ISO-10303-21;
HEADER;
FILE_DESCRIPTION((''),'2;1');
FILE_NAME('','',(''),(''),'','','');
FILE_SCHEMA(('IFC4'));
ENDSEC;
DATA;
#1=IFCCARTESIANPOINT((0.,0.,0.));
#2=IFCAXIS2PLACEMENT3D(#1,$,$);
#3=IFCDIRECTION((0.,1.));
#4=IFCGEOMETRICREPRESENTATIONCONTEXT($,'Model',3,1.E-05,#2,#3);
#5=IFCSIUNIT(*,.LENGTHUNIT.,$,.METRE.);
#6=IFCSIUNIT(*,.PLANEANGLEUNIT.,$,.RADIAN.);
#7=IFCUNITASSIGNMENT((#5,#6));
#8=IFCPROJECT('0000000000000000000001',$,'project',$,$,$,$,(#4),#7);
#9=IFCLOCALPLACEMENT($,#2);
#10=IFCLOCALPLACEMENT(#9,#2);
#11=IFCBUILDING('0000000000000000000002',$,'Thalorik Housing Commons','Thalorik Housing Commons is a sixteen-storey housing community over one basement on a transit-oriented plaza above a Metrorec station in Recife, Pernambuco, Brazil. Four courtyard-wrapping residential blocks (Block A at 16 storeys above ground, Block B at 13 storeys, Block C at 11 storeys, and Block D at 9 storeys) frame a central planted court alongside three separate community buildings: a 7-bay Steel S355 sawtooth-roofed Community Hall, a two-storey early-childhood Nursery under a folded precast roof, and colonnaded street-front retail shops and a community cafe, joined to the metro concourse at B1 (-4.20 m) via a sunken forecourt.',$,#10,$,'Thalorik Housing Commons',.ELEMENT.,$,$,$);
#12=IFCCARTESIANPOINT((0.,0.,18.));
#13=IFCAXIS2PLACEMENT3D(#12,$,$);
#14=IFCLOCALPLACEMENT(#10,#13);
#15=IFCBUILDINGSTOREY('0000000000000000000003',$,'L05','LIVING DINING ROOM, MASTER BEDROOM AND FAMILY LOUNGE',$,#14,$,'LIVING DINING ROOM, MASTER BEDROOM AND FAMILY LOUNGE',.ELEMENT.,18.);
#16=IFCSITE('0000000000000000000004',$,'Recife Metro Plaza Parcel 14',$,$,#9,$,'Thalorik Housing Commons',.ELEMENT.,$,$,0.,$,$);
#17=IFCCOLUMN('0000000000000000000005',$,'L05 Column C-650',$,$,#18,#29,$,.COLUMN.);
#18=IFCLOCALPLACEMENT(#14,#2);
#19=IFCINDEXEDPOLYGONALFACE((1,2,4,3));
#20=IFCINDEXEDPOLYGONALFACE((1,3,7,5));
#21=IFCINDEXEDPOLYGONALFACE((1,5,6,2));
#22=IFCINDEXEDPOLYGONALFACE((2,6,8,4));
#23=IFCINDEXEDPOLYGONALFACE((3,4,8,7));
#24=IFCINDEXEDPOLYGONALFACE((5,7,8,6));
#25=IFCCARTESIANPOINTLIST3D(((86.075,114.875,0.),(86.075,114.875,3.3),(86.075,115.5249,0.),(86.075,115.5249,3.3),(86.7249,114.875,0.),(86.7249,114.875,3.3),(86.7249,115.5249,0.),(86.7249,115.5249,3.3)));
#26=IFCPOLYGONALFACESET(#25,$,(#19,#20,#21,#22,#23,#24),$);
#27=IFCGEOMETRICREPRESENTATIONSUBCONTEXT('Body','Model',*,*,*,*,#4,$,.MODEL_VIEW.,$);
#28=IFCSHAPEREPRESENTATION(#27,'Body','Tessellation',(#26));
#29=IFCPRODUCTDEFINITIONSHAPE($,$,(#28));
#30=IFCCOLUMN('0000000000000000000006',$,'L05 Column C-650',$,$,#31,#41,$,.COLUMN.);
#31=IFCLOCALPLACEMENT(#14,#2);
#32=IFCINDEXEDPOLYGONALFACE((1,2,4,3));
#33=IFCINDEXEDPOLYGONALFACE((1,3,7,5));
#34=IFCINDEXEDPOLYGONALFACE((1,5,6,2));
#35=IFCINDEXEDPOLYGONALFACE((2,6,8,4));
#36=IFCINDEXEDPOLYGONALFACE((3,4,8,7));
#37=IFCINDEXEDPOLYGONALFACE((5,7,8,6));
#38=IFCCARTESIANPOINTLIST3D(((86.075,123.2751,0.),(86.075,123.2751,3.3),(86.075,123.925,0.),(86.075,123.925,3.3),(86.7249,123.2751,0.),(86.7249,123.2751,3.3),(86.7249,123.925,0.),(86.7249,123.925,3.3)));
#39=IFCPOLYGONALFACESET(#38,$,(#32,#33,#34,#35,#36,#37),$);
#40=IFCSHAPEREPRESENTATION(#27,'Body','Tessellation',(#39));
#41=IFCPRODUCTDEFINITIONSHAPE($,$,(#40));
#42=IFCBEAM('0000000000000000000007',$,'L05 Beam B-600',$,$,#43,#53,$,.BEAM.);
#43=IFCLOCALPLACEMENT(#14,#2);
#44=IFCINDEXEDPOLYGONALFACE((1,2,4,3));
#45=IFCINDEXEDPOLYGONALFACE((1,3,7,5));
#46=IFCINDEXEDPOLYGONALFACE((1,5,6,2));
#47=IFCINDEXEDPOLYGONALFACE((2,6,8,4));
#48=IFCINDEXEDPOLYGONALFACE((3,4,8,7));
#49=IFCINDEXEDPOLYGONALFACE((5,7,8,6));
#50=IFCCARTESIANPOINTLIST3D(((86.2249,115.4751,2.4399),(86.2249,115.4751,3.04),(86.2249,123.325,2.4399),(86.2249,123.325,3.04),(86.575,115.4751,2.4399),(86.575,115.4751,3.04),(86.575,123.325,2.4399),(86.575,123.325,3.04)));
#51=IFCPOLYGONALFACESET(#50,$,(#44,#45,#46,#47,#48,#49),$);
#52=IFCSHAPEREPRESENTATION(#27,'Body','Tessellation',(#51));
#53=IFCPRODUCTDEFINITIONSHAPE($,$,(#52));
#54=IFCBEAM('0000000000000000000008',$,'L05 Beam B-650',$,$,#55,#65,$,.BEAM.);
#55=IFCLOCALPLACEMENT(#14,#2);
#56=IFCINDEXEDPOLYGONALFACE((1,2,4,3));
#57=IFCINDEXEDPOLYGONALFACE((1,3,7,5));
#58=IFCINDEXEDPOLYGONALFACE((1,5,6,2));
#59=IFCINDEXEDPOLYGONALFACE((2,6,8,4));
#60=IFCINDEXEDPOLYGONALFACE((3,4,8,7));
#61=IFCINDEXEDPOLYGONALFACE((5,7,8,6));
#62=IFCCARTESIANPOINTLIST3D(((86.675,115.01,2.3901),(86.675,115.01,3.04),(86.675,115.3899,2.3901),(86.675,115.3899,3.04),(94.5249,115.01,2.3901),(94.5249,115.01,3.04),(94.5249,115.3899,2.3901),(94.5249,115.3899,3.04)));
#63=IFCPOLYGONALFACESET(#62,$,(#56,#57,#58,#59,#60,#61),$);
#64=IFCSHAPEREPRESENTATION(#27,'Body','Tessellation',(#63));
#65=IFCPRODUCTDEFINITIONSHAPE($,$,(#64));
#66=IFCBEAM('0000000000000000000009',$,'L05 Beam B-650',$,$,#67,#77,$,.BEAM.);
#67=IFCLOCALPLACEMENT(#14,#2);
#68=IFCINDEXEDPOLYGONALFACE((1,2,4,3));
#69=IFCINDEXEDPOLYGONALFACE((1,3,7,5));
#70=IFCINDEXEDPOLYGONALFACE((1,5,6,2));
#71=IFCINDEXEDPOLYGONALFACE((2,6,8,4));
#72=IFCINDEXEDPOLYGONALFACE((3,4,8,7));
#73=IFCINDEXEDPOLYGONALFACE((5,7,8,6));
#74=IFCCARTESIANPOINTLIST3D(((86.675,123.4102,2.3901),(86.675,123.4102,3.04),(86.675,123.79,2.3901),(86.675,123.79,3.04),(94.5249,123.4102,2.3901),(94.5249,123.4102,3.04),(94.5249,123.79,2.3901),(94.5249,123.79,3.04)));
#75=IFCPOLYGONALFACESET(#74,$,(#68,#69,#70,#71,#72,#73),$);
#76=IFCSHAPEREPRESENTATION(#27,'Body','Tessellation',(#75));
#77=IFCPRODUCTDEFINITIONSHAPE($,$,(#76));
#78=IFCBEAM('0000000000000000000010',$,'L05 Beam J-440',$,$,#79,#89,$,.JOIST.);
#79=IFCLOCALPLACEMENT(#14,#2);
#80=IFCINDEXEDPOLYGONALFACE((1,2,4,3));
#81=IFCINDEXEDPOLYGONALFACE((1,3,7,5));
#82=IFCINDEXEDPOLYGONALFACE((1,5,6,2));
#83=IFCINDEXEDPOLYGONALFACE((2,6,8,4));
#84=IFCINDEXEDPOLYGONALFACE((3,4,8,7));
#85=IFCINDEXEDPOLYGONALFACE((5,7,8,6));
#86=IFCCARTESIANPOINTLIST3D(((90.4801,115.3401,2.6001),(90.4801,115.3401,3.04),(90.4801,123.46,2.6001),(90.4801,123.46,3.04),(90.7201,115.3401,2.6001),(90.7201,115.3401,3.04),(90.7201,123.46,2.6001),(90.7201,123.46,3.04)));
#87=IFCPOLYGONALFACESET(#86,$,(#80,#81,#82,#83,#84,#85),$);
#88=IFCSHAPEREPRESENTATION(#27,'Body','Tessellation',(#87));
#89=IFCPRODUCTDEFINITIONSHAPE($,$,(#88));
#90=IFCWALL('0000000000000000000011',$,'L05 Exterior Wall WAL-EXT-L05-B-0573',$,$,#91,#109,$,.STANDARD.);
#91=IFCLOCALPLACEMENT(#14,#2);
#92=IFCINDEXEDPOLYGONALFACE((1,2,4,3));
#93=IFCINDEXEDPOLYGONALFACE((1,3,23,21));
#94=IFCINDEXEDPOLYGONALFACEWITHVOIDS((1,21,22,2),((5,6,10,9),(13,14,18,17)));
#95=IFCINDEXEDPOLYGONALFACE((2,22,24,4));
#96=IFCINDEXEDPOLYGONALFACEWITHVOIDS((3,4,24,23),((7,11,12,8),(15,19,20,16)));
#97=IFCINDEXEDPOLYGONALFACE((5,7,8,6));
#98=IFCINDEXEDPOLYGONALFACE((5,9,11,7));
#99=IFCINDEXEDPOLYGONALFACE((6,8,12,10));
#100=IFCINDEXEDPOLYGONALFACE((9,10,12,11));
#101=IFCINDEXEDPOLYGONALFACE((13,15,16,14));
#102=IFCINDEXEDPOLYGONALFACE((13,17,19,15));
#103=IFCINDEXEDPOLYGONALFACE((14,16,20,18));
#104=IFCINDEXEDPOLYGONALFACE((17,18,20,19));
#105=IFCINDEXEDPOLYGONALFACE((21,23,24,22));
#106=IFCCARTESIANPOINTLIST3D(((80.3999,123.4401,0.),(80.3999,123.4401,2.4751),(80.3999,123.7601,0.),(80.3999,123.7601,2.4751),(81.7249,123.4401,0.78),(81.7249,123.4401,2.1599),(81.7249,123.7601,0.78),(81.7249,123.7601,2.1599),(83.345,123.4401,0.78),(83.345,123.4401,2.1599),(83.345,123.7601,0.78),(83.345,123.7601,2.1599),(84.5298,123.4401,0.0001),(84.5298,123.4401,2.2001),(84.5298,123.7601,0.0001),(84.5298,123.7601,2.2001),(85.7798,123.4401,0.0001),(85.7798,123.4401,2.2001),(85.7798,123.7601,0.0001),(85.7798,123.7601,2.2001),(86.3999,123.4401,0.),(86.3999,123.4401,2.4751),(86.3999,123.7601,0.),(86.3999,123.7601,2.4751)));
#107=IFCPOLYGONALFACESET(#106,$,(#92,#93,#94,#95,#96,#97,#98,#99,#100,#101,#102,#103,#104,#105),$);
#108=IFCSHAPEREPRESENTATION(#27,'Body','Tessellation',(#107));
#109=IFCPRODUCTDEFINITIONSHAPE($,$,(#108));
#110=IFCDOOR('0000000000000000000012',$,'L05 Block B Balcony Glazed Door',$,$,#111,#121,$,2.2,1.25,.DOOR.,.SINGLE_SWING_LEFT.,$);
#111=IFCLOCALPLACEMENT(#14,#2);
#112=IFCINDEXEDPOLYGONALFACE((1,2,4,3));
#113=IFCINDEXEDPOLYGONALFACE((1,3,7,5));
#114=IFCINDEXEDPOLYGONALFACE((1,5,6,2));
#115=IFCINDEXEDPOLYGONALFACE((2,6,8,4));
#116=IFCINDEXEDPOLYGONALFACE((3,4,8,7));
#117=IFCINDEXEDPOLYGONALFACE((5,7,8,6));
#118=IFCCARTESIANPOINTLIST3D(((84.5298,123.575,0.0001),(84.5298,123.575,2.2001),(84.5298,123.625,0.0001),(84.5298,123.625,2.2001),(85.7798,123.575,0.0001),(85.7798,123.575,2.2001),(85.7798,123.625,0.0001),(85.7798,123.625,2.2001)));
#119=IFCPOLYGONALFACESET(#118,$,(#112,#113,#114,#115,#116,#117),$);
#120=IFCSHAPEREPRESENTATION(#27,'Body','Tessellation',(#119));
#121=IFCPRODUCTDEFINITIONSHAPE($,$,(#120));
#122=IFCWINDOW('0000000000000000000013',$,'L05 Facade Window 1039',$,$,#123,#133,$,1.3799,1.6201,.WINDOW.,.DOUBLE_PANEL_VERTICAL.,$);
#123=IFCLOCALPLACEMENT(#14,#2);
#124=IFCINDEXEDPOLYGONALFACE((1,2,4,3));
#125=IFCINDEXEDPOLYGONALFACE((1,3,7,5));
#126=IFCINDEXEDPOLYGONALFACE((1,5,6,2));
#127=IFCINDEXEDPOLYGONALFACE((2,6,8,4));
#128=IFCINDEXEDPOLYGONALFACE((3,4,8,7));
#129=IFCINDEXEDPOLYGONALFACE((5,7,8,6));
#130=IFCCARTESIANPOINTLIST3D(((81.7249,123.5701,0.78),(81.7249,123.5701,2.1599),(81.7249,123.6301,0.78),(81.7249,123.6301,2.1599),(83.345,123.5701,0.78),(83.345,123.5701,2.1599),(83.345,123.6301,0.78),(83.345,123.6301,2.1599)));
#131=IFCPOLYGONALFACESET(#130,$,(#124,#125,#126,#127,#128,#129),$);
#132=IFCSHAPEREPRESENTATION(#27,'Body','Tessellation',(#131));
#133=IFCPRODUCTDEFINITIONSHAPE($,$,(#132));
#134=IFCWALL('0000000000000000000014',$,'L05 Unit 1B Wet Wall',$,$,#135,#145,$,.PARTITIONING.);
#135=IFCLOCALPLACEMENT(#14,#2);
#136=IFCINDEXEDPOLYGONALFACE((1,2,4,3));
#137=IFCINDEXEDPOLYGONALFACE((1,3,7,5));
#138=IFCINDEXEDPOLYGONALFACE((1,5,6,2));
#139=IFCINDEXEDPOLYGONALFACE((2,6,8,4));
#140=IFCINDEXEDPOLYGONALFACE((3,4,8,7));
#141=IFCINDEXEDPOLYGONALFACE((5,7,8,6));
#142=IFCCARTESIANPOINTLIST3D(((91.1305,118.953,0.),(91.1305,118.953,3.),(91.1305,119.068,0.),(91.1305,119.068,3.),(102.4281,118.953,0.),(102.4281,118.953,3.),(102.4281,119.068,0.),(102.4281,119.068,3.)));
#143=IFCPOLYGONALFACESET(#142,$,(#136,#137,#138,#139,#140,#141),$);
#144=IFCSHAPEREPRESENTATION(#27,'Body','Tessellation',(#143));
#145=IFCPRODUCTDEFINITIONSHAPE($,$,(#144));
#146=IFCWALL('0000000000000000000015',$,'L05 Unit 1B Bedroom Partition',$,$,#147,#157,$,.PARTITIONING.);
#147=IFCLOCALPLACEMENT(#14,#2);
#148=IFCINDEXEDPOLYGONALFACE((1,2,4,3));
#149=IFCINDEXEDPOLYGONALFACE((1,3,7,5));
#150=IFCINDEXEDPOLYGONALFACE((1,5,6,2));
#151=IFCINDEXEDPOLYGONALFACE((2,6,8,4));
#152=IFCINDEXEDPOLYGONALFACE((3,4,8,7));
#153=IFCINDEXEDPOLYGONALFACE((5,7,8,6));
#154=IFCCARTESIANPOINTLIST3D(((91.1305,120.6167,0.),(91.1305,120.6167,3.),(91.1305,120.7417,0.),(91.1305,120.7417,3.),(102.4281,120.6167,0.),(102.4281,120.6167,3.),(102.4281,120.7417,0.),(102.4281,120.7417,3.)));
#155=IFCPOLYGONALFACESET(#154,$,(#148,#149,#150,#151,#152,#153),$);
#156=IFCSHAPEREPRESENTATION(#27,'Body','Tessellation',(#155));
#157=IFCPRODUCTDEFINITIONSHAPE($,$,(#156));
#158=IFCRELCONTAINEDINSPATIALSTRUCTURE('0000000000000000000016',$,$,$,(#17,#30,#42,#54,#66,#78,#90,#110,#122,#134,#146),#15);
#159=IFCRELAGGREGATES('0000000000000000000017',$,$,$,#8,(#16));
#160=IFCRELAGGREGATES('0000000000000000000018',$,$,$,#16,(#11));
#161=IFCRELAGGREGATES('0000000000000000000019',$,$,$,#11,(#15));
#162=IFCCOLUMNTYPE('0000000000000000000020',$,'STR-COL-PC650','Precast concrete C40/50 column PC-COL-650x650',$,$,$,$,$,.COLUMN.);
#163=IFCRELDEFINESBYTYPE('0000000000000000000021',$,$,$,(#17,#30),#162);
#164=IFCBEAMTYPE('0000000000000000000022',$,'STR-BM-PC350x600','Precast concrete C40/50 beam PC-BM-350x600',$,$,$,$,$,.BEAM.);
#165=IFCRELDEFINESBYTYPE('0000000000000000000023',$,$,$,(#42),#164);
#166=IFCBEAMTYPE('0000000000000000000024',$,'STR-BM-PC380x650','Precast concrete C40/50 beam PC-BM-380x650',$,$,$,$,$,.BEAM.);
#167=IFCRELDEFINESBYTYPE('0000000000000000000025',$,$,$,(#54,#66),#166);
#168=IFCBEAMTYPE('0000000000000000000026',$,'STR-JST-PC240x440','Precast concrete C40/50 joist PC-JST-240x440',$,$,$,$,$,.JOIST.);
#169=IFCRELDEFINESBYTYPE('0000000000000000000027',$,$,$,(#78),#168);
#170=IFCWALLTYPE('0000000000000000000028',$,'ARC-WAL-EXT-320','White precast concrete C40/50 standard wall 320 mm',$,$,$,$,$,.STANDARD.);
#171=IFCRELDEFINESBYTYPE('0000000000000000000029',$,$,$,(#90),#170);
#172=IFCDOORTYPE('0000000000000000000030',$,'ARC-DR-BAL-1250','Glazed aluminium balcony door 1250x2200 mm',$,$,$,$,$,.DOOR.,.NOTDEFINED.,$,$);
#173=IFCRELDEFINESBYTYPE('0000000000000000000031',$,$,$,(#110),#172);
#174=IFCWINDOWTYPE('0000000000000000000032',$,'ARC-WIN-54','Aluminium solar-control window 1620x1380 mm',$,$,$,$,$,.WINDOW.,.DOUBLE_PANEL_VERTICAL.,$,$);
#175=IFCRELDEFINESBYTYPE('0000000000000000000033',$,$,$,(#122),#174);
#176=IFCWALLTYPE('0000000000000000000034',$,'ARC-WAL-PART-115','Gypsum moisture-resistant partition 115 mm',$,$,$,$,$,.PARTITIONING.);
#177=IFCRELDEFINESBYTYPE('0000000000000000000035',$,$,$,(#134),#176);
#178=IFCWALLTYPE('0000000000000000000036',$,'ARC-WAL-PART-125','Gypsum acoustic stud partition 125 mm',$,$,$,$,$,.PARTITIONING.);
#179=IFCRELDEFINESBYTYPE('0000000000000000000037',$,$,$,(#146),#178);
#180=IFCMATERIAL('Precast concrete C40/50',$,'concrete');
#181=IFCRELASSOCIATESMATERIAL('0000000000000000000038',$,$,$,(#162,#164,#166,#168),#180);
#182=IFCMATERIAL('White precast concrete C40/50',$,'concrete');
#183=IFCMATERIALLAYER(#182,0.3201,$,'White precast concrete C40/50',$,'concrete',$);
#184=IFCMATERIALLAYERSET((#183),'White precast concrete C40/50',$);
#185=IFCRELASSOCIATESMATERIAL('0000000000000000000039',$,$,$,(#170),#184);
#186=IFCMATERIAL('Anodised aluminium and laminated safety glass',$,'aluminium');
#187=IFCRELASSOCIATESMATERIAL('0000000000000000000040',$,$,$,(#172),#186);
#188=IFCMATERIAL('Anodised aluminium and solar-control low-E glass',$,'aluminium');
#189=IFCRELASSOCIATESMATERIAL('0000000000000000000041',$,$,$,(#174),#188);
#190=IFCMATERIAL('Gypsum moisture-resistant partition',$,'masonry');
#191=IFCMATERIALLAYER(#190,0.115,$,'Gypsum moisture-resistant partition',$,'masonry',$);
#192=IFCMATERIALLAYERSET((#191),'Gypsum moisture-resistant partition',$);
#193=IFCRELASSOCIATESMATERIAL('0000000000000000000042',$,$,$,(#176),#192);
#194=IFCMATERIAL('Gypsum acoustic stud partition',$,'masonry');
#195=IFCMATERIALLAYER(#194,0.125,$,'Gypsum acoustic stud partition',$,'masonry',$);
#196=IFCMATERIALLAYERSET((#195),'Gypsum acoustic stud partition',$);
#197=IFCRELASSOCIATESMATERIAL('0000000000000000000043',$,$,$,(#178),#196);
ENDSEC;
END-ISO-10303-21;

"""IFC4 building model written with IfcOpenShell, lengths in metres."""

from ifc_helpers import new_model, si_unit, direction, frame, frame_2d, origin, origin_2d, place, context, subcontext, project, spatial, rectangle, extrude, material, layer, layer_set, material_profile, profile_set, type_object, element, fill, save


model = new_model("IFC4")

# Units and contexts
model_context = context("Model", 3, precision=1e-05, world=origin(), true_north=direction((0.0, 1.0)))
body_context = subcontext(model_context, "Body", "Model", "MODEL_VIEW")
ifc_project = project(units=[si_unit("LENGTHUNIT", "METRE"), si_unit("PLANEANGLEUNIT", "RADIAN")], contexts=[model_context])

# Site, building, storey
site_placement = place(None, origin())
site = spatial("IfcSite", under=ifc_project, at=site_placement, Name="Recife Metro Plaza Parcel 14", LongName="Thalorik Housing Commons", CompositionType="ELEMENT", RefElevation=0.0)
building_placement = place(site_placement, origin())
building = spatial("IfcBuilding", under=site, at=building_placement, Name="Thalorik Housing Commons", Description="Thalorik Housing Commons is a sixteen-storey housing community over one basement on a transit-oriented plaza above a Metrorec station in Recife, Pernambuco, Brazil. Four courtyard-wrapping residential blocks (Block A at 16 storeys above ground, Block B at 13 storeys, Block C at 11 storeys, and Block D at 9 storeys) frame a central planted court alongside three separate community buildings: a 7-bay Steel S355 sawtooth-roofed Community Hall, a two-storey early-childhood Nursery under a folded precast roof, and colonnaded street-front retail shops and a community cafe, joined to the metro concourse at B1 (-4.20 m) via a sunken forecourt.", LongName="Thalorik Housing Commons", CompositionType="ELEMENT")
storey_placement = place(building_placement, frame((0.0, 0.0, 18.0)))
storey = spatial("IfcBuildingStorey", under=building, at=storey_placement, Name="L05", Description="LIVING DINING ROOM, MASTER BEDROOM AND FAMILY LOUNGE", LongName="LIVING DINING ROOM, MASTER BEDROOM AND FAMILY LOUNGE", CompositionType="ELEMENT", Elevation=18.0)

# Columns
ifc_material_1 = material(Name="Precast concrete C40/50", Category="concrete")
ifc_material_profile_1 = material_profile(ifc_material_1, rectangle(XDim=0.6499, YDim=0.6499, at=origin_2d()), Name="PC 650x650", Category="concrete")
ifc_profile_set_1 = profile_set([ifc_material_profile_1], Name="Precast concrete C40/50")
column_type = type_object("IfcColumnType", Name="STR-COL-PC650", Description="Precast concrete C40/50 column PC-COL-650x650", PredefinedType="COLUMN", material=ifc_profile_set_1)
for number, where, z_axis, x_axis, name in (
    (1, (86.3999, 115.2, 0.0), (0.0, 0.0, 1.0), (1.0, 0.0, 0.0), "L05 Column C-650"),
    (2, (86.3999, 123.6001, 0.0), (0.0, 0.0, 1.0), (1.0, 0.0, 0.0), "L05 Column C-650"),
):
    element("IfcColumn", number, at=place(storey_placement, frame(where, z_axis=z_axis, x_axis=x_axis)), inside=storey, type_object=column_type, Name=name, PredefinedType="COLUMN", context=body_context, shape_type="SweptSolid", body=[
        extrude(rectangle(XDim=0.6499, YDim=0.6499, at=origin_2d()), origin(), (0.0, 0.0, 1.0), 3.3),
    ])

# Beams
ifc_material_profile_2 = material_profile(ifc_material_1, rectangle(XDim=0.3501, YDim=0.6001, at=origin_2d()), Name="PC 350x600", Category="concrete")
ifc_profile_set_2 = profile_set([ifc_material_profile_2], Name="Precast concrete C40/50")
beam_type_1 = type_object("IfcBeamType", Name="STR-BM-PC350x600", Description="Precast concrete C40/50 beam PC-BM-350x600", PredefinedType="BEAM", material=ifc_profile_set_2)
beam_1_placement = place(storey_placement, frame((86.3999, 115.4751, 2.74), z_axis=(0.0, 1.0, 0.0), x_axis=(-1.0, 0.0, 0.0)))
element("IfcBeam", 3, at=beam_1_placement, inside=storey, type_object=beam_type_1, Name="L05 Beam B-600", PredefinedType="BEAM", context=body_context, shape_type="SweptSolid", body=[
    extrude(rectangle(XDim=0.3501, YDim=0.6001, at=origin_2d()), origin(), (0.0, 0.0, 1.0), 7.8499),
])
ifc_material_profile_3 = material_profile(ifc_material_1, rectangle(XDim=0.3799, YDim=0.6499, at=origin_2d()), Name="PC 380x650", Category="concrete")
ifc_profile_set_3 = profile_set([ifc_material_profile_3], Name="Precast concrete C40/50")
beam_type_2 = type_object("IfcBeamType", Name="STR-BM-PC380x650", Description="Precast concrete C40/50 beam PC-BM-380x650", PredefinedType="BEAM", material=ifc_profile_set_3)
for number, where, z_axis, x_axis, name in (
    (4, (86.675, 115.2, 2.7151), (1.0, 0.0, 0.0), (0.0, 1.0, 0.0), "L05 Beam B-650"),
    (5, (86.675, 123.6001, 2.7151), (1.0, 0.0, 0.0), (0.0, 1.0, 0.0), "L05 Beam B-650"),
):
    element("IfcBeam", number, at=place(storey_placement, frame(where, z_axis=z_axis, x_axis=x_axis)), inside=storey, type_object=beam_type_2, Name=name, PredefinedType="BEAM", context=body_context, shape_type="SweptSolid", body=[
        extrude(rectangle(XDim=0.3799, YDim=0.6499, at=origin_2d()), origin(), (0.0, 0.0, 1.0), 7.8499),
    ])
ifc_material_profile_4 = material_profile(ifc_material_1, rectangle(XDim=0.24, YDim=0.4399, at=origin_2d()), Name="PC JST 240x440", Category="concrete")
ifc_profile_set_4 = profile_set([ifc_material_profile_4], Name="Precast concrete C40/50")
beam_type_3 = type_object("IfcBeamType", Name="STR-JST-PC240x440", Description="Precast concrete C40/50 joist PC-JST-240x440", PredefinedType="JOIST", material=ifc_profile_set_4)
beam_2_placement = place(storey_placement, frame((90.6001, 115.3401, 2.8201), z_axis=(0.0, 1.0, 0.0), x_axis=(-1.0, 0.0, 0.0)))
element("IfcBeam", 6, at=beam_2_placement, inside=storey, type_object=beam_type_3, Name="L05 Beam J-440", PredefinedType="JOIST", context=body_context, shape_type="SweptSolid", body=[
    extrude(rectangle(XDim=0.24, YDim=0.4399, at=origin_2d()), origin(), (0.0, 0.0, 1.0), 8.1199),
])

# Wall, openings, door, window
ifc_material_2 = material(Name="White precast concrete C40/50", Category="concrete")
ifc_layer_1 = layer(ifc_material_2, 0.3201, Name="White precast concrete C40/50", Category="concrete")
ifc_layer_set_1 = layer_set([ifc_layer_1], Name="White precast concrete C40/50")
wall_type_1 = type_object("IfcWallType", Name="ARC-WAL-EXT-320", Description="White precast concrete C40/50 standard wall 320 mm", PredefinedType="STANDARD", material=ifc_layer_set_1)
wall_1_placement = place(storey_placement, frame((86.3999, 123.6001, 0.0), z_axis=(0.0, 0.0, 1.0), x_axis=(-1.0, 0.0, 0.0)))
wall_1 = element("IfcWall", 7, at=wall_1_placement, inside=storey, type_object=wall_type_1, Name="L05 Exterior Wall WAL-EXT-L05-B-0573", PredefinedType="STANDARD", context=body_context, shape_type="SweptSolid", body=[
    extrude(rectangle(XDim=6.0, YDim=0.3201, at=frame_2d((3.0, 0.0))), origin(), (0.0, 0.0, 1.0), 2.4751),
])
opening_1_placement = place(wall_1_placement, frame((0.6201, 0.0, 0.0)))
opening_1 = element("IfcOpeningElement", 8, at=opening_1_placement, cuts=wall_1, PredefinedType="OPENING", context=body_context, shape_type="SweptSolid", body=[
    extrude(rectangle(XDim=1.25, YDim=2.2, at=frame_2d((0.625, 1.1001))), frame((0.0, 0.1699, 0.0), z_axis=(0.0, -1.0, 0.0), x_axis=(1.0, 0.0, 0.0)), (0.0, 0.0, 1.0), 0.3401),
])
opening_2_placement = place(wall_1_placement, frame((3.0549, 0.0, 0.78)))
opening_2 = element("IfcOpeningElement", 9, at=opening_2_placement, cuts=wall_1, PredefinedType="OPENING", context=body_context, shape_type="SweptSolid", body=[
    extrude(rectangle(XDim=1.6201, YDim=1.3799, at=frame_2d((0.8101, 0.6899))), frame((0.0, 0.1699, 0.0), z_axis=(0.0, -1.0, 0.0), x_axis=(1.0, 0.0, 0.0)), (0.0, 0.0, 1.0), 0.3401),
])
ifc_material_3 = material(Name="Anodised aluminium and laminated safety glass", Category="aluminium")
door_type_1 = type_object("IfcDoorType", Name="ARC-DR-BAL-1250", Description="Glazed aluminium balcony door 1250x2200 mm", OperationType="NOTDEFINED", PredefinedType="DOOR", material=ifc_material_3)
door_1_placement = place(opening_1_placement, frame((1.25, 0.0, 0.0), z_axis=(0.0, 0.0, 1.0), x_axis=(-1.0, 0.0, 0.0)))
door_1 = element("IfcDoor", 10, at=door_1_placement, inside=storey, type_object=door_type_1, Name="L05 Block B Balcony Glazed Door", OperationType="SINGLE_SWING_LEFT", OverallHeight=2.2, OverallWidth=1.25, PredefinedType="DOOR", context=body_context, shape_type="SweptSolid", body=[
    extrude(rectangle(XDim=1.25, YDim=2.2, at=frame_2d((0.625, 1.1001))), frame((0.0, 0.0249, 0.0), z_axis=(0.0, -1.0, 0.0), x_axis=(1.0, 0.0, 0.0)), (0.0, 0.0, 1.0), 0.05),
])
fill(opening_1, door_1)
ifc_material_4 = material(Name="Anodised aluminium and solar-control low-E glass", Category="aluminium")
window_type = type_object("IfcWindowType", Name="ARC-WIN-54", Description="Aluminium solar-control window 1620x1380 mm", PartitioningType="DOUBLE_PANEL_VERTICAL", PredefinedType="WINDOW", material=ifc_material_4)
window_placement = place(opening_2_placement, origin())
window = element("IfcWindow", 11, at=window_placement, inside=storey, type_object=window_type, Name="L05 Facade Window 1039", OverallHeight=1.3799, OverallWidth=1.6201, PartitioningType="DOUBLE_PANEL_VERTICAL", PredefinedType="WINDOW", context=body_context, shape_type="SweptSolid", body=[
    extrude(rectangle(XDim=1.6201, YDim=1.3799, at=frame_2d((0.8101, 0.6899))), frame((0.0, 0.03, 0.0), z_axis=(0.0, -1.0, 0.0), x_axis=(1.0, 0.0, 0.0)), (0.0, 0.0, 1.0), 0.0601),
])
fill(opening_2, window)

# Walls
ifc_material_5 = material(Name="Gypsum moisture-resistant partition", Category="masonry")
ifc_layer_2 = layer(ifc_material_5, 0.115, Name="Gypsum moisture-resistant partition", Category="masonry")
ifc_layer_set_2 = layer_set([ifc_layer_2], Name="Gypsum moisture-resistant partition")
wall_type_2 = type_object("IfcWallType", Name="ARC-WAL-PART-115", Description="Gypsum moisture-resistant partition 115 mm", PredefinedType="PARTITIONING", material=ifc_layer_set_2)
wall_2_placement = place(storey_placement, frame((91.1304, 119.0105, 0.0), z_axis=(0.0, 0.0, 1.0), x_axis=(1.0, 0.0, 0.0)))
element("IfcWall", 12, at=wall_2_placement, inside=storey, type_object=wall_type_2, Name="L05 Unit 1B Wet Wall", PredefinedType="PARTITIONING", context=body_context, shape_type="SweptSolid", body=[
    extrude(rectangle(XDim=11.2976, YDim=0.115, at=frame_2d((5.6489, 0.0))), origin(), (0.0, 0.0, 1.0), 3.0),
])
ifc_material_6 = material(Name="Gypsum acoustic stud partition", Category="masonry")
ifc_layer_3 = layer(ifc_material_6, 0.125, Name="Gypsum acoustic stud partition", Category="masonry")
ifc_layer_set_3 = layer_set([ifc_layer_3], Name="Gypsum acoustic stud partition")
wall_type_3 = type_object("IfcWallType", Name="ARC-WAL-PART-125", Description="Gypsum acoustic stud partition 125 mm", PredefinedType="PARTITIONING", material=ifc_layer_set_3)
wall_3_placement = place(storey_placement, frame((91.1304, 120.6792, 0.0), z_axis=(0.0, 0.0, 1.0), x_axis=(1.0, 0.0, 0.0)))
element("IfcWall", 13, at=wall_3_placement, inside=storey, type_object=wall_type_3, Name="L05 Unit 1B Bedroom Partition", PredefinedType="PARTITIONING", context=body_context, shape_type="SweptSolid", body=[
    extrude(rectangle(XDim=11.2976, YDim=0.125, at=frame_2d((5.6489, 0.0))), origin(), (0.0, 0.0, 1.0), 3.0),
])

save(model, "model.ifc")
